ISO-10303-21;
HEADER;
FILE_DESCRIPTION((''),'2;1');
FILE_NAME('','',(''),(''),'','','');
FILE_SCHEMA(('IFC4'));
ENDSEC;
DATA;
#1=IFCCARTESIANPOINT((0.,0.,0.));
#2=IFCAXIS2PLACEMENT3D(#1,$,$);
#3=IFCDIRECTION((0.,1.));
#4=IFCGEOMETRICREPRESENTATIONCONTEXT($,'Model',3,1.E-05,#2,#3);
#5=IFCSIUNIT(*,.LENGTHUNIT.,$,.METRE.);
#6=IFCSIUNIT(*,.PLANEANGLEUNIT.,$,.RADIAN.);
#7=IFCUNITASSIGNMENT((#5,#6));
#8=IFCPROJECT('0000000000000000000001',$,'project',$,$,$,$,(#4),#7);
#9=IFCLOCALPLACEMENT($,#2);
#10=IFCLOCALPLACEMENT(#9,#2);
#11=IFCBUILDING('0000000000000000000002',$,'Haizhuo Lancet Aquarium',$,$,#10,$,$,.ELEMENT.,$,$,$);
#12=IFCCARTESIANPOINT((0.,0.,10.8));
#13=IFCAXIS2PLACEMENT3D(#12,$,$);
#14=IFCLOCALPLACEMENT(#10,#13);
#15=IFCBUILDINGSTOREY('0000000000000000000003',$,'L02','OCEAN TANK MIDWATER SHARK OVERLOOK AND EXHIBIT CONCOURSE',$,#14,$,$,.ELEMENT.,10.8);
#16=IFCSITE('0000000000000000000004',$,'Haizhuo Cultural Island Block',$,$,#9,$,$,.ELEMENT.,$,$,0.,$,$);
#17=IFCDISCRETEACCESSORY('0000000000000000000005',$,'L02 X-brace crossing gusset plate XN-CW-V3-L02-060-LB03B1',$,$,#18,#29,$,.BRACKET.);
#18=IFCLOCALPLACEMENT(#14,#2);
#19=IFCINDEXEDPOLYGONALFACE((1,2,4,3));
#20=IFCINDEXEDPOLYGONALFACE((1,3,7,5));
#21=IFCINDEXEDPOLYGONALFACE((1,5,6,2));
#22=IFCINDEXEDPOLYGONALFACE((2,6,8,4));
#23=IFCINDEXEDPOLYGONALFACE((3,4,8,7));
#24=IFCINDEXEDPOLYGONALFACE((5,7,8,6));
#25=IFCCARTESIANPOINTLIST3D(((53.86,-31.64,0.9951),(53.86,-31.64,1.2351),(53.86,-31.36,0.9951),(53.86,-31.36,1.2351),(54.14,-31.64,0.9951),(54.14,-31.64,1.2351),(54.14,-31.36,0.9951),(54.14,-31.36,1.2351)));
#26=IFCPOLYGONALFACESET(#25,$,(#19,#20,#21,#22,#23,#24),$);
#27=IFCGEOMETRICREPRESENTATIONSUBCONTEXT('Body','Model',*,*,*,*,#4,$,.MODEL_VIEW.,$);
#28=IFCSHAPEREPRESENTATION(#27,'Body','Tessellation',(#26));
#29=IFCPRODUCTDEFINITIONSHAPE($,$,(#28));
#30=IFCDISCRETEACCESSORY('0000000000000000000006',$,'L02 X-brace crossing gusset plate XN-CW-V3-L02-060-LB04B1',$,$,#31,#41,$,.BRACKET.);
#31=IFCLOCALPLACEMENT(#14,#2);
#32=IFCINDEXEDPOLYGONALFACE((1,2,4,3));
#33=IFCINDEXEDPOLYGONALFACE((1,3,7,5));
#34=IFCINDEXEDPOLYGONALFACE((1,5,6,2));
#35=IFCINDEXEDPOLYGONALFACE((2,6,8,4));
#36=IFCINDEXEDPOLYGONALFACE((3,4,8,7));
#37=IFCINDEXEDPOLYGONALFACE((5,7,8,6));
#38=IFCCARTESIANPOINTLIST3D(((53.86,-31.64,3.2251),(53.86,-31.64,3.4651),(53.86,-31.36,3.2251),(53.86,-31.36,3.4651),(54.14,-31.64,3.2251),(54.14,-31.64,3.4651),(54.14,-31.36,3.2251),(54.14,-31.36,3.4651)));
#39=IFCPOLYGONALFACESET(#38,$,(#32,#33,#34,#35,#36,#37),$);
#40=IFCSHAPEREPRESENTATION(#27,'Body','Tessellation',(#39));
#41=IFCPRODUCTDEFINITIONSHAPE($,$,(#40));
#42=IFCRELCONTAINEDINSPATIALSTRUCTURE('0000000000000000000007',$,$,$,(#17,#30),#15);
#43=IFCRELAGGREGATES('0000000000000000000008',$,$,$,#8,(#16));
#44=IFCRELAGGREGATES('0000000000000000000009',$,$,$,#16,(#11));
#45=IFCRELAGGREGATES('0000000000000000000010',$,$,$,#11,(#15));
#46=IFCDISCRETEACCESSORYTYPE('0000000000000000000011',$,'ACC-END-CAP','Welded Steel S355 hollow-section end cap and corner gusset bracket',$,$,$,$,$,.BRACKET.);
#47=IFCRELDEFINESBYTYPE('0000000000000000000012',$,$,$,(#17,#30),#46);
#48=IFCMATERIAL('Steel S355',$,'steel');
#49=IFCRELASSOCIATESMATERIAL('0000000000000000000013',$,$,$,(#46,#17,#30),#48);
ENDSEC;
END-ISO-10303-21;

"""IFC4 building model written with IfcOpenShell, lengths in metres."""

from ifc_helpers import new_model, si_unit, direction, frame, origin, origin_2d, place, context, subcontext, project, spatial, rectangle, extrude, material, type_object, element, save


model = new_model("IFC4")

# Units and contexts
model_context = context("Model", 3, precision=1e-05, world=origin(), true_north=direction((0.0, 1.0)))
body_context = subcontext(model_context, "Body", "Model", "MODEL_VIEW")
ifc_project = project(units=[si_unit("LENGTHUNIT", "METRE"), si_unit("PLANEANGLEUNIT", "RADIAN")], contexts=[model_context])

# Site, building, storey
site_placement = place(None, origin())
site = spatial("IfcSite", under=ifc_project, at=site_placement, Name="Haizhuo Cultural Island Block", CompositionType="ELEMENT", RefElevation=0.0)
building_placement = place(site_placement, origin())
building = spatial("IfcBuilding", under=site, at=building_placement, Name="Haizhuo Lancet Aquarium", CompositionType="ELEMENT")
storey_placement = place(building_placement, frame((0.0, 0.0, 10.8)))
storey = spatial("IfcBuildingStorey", under=building, at=storey_placement, Name="L02", Description="OCEAN TANK MIDWATER SHARK OVERLOOK AND EXHIBIT CONCOURSE", CompositionType="ELEMENT", Elevation=10.8)

# Shared definitions
ifc_material_1 = material(Name="Steel S355", Category="steel")

# Discrete accessories
discrete_accessory_type = type_object("IfcDiscreteAccessoryType", Name="ACC-END-CAP", Description="Welded Steel S355 hollow-section end cap and corner gusset bracket", PredefinedType="BRACKET", material=ifc_material_1)
for number, where, z_axis, x_axis, name in (
    (1, (54.0, -31.5, 0.9951), (0.0, 0.0, 1.0), (1.0, 0.0, 0.0), "L02 X-brace crossing gusset plate XN-CW-V3-L02-060-LB03B1"),
    (2, (54.0, -31.5, 3.2251), (0.0, 0.0, 1.0), (1.0, 0.0, 0.0), "L02 X-brace crossing gusset plate XN-CW-V3-L02-060-LB04B1"),
):
    element("IfcDiscreteAccessory", number, at=place(storey_placement, frame(where, z_axis=z_axis, x_axis=x_axis)), inside=storey, type_object=discrete_accessory_type, material=ifc_material_1, Name=name, PredefinedType="BRACKET", context=body_context, shape_type="SweptSolid", body=[
        extrude(rectangle(XDim=0.28, YDim=0.28, at=origin_2d()), origin(), (0.0, 0.0, 1.0), 0.24),
    ])

save(model, "model.ifc")
